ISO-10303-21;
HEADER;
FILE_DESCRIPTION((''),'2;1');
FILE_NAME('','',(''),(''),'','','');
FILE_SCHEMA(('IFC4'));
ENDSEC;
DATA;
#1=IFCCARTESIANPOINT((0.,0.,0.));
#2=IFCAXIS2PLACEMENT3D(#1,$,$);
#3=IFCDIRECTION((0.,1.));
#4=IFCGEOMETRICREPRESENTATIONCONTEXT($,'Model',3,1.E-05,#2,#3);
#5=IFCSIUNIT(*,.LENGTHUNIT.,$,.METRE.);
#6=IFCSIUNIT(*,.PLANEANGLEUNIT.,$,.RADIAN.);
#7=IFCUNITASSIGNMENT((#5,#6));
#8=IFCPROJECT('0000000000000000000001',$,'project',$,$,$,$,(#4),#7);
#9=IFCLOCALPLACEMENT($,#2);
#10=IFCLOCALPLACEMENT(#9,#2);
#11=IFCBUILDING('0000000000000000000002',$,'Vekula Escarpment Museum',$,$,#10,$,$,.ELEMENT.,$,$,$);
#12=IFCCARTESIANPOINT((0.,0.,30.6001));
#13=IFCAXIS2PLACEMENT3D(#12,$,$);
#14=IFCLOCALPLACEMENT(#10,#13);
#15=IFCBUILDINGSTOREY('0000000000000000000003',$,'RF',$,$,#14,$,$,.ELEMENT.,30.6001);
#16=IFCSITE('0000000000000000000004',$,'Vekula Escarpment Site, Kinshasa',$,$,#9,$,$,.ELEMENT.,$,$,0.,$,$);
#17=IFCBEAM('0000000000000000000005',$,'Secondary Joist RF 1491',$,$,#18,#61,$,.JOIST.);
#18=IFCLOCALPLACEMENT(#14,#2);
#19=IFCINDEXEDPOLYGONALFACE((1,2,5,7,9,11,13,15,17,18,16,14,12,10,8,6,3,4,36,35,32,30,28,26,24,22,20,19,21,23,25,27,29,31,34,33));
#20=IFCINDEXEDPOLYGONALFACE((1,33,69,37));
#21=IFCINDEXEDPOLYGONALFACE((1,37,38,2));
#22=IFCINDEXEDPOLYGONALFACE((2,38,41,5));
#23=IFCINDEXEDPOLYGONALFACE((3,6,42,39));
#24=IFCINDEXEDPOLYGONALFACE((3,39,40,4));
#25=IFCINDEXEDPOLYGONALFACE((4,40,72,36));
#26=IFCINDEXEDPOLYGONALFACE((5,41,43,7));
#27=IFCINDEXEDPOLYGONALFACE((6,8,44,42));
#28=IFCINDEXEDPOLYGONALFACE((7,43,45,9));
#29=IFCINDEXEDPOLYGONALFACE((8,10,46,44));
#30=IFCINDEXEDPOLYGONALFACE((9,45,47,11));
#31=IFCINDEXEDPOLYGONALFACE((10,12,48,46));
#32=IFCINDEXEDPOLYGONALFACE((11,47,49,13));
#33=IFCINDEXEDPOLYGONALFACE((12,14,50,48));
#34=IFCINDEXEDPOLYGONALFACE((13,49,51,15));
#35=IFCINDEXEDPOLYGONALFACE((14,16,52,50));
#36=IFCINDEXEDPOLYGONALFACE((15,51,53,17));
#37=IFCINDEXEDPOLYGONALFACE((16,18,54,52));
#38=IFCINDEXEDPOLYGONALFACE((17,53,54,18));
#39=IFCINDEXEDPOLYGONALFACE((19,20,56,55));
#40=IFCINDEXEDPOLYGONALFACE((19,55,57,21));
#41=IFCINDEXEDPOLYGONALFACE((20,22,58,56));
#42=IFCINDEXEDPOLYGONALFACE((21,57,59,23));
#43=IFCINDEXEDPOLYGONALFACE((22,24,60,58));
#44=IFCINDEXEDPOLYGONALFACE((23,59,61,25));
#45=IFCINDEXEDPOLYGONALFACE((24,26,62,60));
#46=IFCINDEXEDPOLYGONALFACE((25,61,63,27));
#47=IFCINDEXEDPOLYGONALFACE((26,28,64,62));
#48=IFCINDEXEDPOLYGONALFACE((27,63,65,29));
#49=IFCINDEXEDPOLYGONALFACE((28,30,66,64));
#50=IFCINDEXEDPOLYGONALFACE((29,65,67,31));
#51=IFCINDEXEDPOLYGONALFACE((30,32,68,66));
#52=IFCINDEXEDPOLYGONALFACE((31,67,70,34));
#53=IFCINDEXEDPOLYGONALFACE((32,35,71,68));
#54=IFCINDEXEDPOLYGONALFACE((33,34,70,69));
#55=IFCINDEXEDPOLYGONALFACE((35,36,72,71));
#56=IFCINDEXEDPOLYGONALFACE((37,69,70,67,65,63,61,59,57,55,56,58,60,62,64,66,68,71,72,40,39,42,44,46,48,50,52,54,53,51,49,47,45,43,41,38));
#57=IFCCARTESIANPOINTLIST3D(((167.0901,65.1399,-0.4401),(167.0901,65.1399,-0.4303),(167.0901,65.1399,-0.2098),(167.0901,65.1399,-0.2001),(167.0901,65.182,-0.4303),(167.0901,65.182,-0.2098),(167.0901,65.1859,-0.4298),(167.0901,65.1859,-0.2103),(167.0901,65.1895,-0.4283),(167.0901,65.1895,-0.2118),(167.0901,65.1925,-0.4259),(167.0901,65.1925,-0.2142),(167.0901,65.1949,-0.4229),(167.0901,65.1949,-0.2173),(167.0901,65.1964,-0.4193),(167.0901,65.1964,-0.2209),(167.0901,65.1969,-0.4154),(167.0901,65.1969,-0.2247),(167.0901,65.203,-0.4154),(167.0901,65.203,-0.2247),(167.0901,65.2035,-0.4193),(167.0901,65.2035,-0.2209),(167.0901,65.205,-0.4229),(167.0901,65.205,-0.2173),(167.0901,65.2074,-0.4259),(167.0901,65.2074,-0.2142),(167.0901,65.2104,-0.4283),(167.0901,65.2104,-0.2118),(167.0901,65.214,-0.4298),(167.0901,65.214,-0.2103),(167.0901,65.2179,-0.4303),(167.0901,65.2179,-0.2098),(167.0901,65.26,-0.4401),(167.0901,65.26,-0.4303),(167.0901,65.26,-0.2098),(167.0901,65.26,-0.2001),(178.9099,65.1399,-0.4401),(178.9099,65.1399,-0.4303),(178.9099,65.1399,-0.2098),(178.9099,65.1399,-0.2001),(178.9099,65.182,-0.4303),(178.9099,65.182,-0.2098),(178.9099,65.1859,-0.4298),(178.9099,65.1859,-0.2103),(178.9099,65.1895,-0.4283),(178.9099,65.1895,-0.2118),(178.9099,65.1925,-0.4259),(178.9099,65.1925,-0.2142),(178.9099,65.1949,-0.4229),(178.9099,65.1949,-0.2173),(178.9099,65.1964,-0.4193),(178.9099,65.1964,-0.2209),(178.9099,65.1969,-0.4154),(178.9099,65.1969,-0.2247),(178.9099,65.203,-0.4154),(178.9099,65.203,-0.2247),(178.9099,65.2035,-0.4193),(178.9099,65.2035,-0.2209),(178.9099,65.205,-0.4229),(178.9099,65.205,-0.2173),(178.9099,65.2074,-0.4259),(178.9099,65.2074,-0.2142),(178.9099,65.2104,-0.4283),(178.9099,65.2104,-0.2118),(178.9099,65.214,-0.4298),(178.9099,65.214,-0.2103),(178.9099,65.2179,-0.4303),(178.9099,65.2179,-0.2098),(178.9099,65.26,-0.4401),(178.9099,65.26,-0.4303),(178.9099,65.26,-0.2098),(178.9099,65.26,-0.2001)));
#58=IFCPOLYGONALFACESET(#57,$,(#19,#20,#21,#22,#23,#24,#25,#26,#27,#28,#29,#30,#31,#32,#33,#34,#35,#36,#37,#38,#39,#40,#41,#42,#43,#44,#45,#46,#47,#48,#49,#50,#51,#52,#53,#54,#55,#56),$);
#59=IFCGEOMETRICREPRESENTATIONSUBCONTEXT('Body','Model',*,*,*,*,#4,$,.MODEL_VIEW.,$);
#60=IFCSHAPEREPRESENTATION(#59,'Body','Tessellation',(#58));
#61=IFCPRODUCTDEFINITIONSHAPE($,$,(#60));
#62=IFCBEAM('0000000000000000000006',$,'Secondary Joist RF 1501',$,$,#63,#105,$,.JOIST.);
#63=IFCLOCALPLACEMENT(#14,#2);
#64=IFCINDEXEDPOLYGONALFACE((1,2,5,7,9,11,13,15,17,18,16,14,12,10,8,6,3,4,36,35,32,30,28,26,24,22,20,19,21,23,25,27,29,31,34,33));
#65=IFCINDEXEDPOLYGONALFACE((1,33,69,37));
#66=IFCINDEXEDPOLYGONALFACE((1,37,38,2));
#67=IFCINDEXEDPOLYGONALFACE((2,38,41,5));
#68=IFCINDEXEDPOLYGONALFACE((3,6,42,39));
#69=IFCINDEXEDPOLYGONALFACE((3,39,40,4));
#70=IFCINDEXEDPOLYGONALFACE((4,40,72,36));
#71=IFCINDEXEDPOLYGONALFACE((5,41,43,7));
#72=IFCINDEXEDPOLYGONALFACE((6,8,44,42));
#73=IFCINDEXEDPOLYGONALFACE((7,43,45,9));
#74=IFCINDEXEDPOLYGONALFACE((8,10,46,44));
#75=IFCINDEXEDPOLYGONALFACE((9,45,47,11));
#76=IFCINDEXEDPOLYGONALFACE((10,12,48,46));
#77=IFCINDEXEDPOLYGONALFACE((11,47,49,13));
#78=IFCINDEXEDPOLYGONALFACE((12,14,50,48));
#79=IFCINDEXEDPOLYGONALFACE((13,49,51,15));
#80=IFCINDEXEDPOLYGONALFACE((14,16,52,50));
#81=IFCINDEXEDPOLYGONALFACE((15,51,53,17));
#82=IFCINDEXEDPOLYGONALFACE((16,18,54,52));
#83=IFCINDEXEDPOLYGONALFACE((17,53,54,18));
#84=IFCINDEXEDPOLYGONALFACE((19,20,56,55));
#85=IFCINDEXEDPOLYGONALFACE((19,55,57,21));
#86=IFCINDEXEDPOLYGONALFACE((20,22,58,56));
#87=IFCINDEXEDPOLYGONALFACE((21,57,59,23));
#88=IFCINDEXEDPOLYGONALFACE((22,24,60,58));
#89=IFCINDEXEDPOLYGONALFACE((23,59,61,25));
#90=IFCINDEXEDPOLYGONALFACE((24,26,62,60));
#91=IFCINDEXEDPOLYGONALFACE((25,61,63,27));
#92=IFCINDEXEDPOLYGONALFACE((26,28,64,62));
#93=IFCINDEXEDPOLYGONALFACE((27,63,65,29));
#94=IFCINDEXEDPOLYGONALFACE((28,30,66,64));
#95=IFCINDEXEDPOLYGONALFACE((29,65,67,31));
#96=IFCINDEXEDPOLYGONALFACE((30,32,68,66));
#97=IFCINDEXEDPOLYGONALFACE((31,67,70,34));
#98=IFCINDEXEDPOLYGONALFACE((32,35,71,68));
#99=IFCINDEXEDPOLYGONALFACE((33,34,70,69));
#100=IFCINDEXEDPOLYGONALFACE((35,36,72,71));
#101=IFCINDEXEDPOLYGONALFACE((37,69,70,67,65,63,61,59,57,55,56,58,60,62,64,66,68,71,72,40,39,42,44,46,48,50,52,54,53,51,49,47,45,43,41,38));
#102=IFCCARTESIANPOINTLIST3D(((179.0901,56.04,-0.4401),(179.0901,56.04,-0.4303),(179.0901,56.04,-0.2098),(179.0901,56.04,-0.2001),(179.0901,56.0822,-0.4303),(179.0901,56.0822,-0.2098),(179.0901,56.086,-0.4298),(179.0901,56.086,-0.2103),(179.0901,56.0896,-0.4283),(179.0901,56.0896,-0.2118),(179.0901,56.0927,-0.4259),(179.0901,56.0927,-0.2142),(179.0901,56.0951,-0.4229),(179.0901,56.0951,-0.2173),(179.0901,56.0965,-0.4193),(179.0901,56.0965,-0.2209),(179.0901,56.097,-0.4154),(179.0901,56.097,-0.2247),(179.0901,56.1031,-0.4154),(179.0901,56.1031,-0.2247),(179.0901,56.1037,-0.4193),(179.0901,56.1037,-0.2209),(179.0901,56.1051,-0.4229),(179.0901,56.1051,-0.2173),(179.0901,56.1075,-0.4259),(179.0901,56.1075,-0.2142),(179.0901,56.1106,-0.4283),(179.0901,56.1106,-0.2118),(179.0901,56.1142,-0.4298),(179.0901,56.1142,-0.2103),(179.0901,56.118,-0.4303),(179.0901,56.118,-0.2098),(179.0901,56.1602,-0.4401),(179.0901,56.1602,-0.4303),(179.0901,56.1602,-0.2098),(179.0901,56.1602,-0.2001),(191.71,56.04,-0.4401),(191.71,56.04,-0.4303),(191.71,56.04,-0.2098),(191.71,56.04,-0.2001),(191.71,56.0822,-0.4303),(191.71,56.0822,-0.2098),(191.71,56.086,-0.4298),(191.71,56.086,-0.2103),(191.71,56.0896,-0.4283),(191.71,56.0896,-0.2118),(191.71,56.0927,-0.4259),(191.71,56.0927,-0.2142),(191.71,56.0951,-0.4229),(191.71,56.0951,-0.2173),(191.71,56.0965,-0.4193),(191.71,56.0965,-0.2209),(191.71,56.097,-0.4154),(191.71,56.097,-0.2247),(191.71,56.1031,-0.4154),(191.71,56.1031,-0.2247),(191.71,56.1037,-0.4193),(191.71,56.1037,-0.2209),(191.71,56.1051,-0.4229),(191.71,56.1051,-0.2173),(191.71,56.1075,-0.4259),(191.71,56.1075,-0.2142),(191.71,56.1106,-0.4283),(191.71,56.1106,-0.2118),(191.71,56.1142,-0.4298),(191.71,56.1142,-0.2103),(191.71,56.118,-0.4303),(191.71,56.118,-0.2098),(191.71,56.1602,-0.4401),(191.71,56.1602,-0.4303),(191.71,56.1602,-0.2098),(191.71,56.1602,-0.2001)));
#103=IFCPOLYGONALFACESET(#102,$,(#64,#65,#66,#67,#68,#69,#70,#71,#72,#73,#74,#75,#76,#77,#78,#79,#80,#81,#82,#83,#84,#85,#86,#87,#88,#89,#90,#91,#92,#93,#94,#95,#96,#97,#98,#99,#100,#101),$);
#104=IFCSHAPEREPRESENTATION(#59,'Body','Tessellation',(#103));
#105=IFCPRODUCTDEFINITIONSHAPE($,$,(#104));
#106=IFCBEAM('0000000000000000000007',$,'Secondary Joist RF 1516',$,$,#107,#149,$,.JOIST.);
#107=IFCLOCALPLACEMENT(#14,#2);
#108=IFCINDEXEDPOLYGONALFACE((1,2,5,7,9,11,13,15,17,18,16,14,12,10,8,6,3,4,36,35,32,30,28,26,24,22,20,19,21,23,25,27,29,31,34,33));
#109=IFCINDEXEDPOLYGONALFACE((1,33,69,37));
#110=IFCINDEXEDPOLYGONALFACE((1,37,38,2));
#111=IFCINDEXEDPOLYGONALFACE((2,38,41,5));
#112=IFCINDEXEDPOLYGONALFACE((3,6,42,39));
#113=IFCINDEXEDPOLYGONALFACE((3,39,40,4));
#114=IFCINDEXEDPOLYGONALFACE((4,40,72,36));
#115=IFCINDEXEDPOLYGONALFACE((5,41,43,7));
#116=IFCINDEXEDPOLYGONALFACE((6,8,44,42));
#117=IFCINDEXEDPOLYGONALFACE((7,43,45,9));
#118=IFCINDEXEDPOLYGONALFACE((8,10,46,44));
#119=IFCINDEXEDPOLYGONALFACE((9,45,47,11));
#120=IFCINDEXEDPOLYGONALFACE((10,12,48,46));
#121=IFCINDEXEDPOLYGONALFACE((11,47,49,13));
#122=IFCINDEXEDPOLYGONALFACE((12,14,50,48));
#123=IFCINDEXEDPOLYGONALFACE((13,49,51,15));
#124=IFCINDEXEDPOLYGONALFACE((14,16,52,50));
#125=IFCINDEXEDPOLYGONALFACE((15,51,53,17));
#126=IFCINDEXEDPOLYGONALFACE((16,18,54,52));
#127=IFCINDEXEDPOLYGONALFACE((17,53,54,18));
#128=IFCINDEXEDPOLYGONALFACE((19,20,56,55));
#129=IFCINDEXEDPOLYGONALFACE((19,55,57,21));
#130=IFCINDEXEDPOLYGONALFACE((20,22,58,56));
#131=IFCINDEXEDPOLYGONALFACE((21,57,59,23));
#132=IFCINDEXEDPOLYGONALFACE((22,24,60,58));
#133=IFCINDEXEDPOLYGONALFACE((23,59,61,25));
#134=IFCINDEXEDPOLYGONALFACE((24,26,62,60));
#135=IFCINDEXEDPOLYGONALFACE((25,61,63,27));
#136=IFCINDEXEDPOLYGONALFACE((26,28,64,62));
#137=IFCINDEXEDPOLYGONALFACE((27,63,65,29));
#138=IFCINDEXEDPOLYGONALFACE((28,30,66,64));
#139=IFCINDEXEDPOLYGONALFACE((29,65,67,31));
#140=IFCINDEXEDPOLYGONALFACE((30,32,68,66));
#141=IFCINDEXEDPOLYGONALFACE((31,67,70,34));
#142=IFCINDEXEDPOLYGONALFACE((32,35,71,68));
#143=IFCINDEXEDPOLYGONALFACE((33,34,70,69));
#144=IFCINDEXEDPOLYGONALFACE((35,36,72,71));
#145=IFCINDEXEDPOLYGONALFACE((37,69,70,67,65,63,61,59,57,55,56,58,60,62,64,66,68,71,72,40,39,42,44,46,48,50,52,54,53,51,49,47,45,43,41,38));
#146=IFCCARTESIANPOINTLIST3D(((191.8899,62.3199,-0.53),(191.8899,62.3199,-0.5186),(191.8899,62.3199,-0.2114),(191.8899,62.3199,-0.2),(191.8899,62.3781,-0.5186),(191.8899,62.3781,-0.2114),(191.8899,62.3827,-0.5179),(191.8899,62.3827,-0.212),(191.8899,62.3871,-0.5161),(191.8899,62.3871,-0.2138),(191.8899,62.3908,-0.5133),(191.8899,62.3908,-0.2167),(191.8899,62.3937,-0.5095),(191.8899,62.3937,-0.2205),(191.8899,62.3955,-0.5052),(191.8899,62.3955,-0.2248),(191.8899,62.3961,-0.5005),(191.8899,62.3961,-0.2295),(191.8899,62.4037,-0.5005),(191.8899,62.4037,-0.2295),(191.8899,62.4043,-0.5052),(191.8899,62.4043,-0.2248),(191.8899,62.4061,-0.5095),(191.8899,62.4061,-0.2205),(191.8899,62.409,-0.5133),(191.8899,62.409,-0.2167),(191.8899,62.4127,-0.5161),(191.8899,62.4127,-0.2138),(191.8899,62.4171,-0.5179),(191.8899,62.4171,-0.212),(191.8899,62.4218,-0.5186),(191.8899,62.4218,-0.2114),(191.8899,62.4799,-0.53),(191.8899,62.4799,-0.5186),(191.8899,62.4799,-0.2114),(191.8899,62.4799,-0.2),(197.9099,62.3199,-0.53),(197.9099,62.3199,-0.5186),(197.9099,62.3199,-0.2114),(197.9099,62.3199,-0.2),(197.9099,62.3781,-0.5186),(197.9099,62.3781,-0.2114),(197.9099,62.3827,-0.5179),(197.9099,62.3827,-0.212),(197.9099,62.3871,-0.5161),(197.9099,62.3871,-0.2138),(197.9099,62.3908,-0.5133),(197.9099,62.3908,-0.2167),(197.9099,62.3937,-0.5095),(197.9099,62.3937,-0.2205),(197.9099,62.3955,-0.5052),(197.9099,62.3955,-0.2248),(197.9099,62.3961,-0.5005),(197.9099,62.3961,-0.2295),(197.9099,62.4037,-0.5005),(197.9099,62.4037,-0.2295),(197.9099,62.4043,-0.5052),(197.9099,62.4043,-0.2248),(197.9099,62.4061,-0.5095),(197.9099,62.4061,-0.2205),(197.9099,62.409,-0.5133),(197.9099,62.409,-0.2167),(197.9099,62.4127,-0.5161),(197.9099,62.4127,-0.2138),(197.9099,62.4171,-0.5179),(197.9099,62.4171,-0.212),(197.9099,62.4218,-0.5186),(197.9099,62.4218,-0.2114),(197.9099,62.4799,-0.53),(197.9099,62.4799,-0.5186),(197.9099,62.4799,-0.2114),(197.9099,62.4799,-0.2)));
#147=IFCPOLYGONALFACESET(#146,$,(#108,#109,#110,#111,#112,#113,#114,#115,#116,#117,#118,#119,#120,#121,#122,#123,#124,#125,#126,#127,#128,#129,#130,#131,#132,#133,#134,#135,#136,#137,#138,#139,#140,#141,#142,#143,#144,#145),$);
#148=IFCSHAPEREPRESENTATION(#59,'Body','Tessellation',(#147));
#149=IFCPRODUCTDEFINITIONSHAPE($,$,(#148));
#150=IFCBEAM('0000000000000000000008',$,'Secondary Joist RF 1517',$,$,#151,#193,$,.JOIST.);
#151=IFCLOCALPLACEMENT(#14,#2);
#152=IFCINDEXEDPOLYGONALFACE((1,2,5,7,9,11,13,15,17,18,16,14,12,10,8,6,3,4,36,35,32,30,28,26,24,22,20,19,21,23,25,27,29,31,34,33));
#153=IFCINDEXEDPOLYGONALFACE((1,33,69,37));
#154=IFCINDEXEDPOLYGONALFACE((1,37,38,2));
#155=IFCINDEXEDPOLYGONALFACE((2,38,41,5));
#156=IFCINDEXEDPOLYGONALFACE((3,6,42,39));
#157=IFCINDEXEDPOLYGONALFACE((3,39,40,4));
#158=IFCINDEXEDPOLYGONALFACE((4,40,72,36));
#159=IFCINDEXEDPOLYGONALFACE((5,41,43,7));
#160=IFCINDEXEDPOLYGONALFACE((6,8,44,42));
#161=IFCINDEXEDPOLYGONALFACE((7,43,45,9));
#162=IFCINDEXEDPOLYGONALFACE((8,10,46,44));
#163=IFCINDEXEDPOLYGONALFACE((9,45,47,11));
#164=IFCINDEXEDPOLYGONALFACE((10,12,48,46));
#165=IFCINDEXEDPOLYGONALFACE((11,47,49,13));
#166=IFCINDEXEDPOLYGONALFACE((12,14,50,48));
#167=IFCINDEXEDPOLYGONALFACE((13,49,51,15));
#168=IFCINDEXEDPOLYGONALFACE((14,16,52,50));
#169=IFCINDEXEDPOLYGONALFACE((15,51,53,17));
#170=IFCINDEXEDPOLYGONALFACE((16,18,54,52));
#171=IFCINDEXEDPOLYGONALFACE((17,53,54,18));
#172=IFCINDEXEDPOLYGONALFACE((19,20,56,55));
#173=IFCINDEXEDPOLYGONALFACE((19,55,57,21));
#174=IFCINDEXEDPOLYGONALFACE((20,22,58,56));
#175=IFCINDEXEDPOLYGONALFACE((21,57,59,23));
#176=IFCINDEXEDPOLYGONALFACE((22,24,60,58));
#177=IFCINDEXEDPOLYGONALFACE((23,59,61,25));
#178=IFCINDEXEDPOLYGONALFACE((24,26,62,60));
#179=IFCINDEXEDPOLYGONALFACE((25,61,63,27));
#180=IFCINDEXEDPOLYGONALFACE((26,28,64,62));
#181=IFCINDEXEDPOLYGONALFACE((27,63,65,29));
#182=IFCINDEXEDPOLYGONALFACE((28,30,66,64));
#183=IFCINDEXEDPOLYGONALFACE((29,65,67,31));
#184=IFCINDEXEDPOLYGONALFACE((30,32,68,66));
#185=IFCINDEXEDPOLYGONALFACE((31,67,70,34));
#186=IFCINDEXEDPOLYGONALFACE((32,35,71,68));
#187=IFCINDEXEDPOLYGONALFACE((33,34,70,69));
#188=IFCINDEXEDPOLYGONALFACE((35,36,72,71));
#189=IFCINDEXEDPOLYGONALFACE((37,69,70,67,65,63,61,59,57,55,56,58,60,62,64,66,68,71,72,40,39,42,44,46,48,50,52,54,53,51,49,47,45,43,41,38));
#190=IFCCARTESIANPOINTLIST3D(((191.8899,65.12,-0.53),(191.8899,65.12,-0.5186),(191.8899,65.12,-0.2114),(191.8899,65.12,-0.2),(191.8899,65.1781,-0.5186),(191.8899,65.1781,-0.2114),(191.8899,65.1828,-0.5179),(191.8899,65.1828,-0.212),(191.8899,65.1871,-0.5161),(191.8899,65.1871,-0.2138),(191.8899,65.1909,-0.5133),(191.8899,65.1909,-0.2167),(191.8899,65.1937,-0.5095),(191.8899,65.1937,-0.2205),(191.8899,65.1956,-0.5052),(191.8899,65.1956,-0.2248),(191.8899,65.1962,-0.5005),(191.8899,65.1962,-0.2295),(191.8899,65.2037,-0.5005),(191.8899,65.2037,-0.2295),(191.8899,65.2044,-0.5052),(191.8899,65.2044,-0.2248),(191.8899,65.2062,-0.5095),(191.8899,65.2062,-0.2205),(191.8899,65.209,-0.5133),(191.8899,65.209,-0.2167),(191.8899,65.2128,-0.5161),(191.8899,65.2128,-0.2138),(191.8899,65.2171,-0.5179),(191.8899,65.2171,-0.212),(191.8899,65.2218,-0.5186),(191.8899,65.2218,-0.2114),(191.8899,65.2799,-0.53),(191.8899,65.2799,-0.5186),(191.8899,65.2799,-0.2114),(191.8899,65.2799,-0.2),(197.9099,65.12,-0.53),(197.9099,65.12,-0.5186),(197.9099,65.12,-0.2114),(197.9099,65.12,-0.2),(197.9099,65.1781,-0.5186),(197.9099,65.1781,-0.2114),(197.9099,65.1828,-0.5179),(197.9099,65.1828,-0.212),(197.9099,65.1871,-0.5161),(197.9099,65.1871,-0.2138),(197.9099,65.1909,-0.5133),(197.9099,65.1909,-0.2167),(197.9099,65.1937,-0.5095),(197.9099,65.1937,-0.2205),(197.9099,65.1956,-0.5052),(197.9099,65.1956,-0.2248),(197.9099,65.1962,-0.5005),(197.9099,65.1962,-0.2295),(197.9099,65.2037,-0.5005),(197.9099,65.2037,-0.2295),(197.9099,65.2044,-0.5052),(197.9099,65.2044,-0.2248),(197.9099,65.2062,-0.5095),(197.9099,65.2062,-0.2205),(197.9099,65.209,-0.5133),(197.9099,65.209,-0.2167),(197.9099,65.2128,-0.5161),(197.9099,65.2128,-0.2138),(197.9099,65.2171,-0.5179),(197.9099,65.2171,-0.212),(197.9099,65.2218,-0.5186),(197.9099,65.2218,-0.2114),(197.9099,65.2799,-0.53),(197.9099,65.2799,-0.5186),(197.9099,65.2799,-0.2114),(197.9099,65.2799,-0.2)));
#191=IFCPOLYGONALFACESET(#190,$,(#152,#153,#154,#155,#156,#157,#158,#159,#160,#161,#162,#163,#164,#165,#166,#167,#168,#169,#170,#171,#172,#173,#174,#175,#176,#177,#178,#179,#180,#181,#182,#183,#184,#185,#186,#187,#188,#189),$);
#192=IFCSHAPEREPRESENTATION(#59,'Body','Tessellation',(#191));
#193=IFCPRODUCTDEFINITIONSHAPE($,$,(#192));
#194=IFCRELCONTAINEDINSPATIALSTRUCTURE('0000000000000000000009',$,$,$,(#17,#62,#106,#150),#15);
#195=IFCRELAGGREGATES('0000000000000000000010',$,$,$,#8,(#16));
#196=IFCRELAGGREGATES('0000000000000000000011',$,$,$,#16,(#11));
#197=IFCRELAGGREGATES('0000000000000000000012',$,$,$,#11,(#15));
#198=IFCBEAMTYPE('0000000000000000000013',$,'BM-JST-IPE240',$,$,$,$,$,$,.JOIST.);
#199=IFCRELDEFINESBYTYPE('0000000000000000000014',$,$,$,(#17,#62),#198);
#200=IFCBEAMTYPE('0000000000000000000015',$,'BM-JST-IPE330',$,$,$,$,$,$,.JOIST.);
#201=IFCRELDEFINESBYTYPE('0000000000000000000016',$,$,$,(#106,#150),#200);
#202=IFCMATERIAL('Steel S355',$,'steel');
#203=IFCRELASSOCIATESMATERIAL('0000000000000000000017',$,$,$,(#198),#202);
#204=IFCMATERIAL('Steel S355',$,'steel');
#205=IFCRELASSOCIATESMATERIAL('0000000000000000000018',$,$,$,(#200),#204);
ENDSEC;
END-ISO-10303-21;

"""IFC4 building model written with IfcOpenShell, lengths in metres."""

from ifc_helpers import new_model, si_unit, direction, frame, origin, origin_2d, place, context, subcontext, project, spatial, i_section, extrude, material, material_profile, profile_set, type_object, element, save


model = new_model("IFC4")

# Units and contexts
model_context = context("Model", 3, precision=1e-05, world=origin(), true_north=direction((0.0, 1.0)))
body_context = subcontext(model_context, "Body", "Model", "MODEL_VIEW")
ifc_project = project(units=[si_unit("LENGTHUNIT", "METRE"), si_unit("PLANEANGLEUNIT", "RADIAN")], contexts=[model_context])

# Site, building, storey
site_placement = place(None, origin())
site = spatial("IfcSite", under=ifc_project, at=site_placement, Name="Vekula Escarpment Site, Kinshasa", CompositionType="ELEMENT", RefElevation=0.0)
building_placement = place(site_placement, origin())
building = spatial("IfcBuilding", under=site, at=building_placement, Name="Vekula Escarpment Museum", CompositionType="ELEMENT")
storey_placement = place(building_placement, frame((0.0, 0.0, 30.6001)))
storey = spatial("IfcBuildingStorey", under=building, at=storey_placement, Name="RF", CompositionType="ELEMENT", Elevation=30.6001)

# Beams
ifc_material_1 = material(Name="Steel S355", Category="steel")
ifc_material_profile_1 = material_profile(ifc_material_1, i_section(OverallWidth=0.1201, OverallDepth=0.24, WebThickness=0.0061, FlangeThickness=0.0098, FilletRadius=0.0149, at=origin_2d()), Name="IPE 240")
ifc_profile_set_1 = profile_set([ifc_material_profile_1], Name="Steel S355")
beam_type_1 = type_object("IfcBeamType", Name="BM-JST-IPE240", PredefinedType="JOIST", material=ifc_profile_set_1)
for number, where, z_axis, x_axis, name in (
    (1, (167.0901, 65.2, -0.3201), (1.0, 0.0, 0.0), (0.0, 1.0, 0.0), "Secondary Joist RF 1491"),
):
    element("IfcBeam", number, at=place(storey_placement, frame(where, z_axis=z_axis, x_axis=x_axis)), inside=storey, type_object=beam_type_1, Name=name, PredefinedType="JOIST", context=body_context, shape_type="SweptSolid", body=[
        extrude(i_section(OverallWidth=0.1201, OverallDepth=0.24, WebThickness=0.0061, FlangeThickness=0.0098, FilletRadius=0.0149, at=origin_2d()), origin(), (0.0, 0.0, 1.0), 11.8198),
    ])
beam_1_placement = place(storey_placement, frame((179.0901, 56.1001, -0.3201), z_axis=(1.0, 0.0, 0.0), x_axis=(0.0, 1.0, 0.0)))
element("IfcBeam", 2, at=beam_1_placement, inside=storey, type_object=beam_type_1, Name="Secondary Joist RF 1501", PredefinedType="JOIST", context=body_context, shape_type="SweptSolid", body=[
    extrude(i_section(OverallWidth=0.1201, OverallDepth=0.24, WebThickness=0.0061, FlangeThickness=0.0098, FilletRadius=0.0149, at=origin_2d()), origin(), (0.0, 0.0, 1.0), 12.6199),
])
ifc_material_2 = material(Name="Steel S355", Category="steel")
ifc_material_profile_2 = material_profile(ifc_material_2, i_section(OverallWidth=0.1599, OverallDepth=0.3301, WebThickness=0.0076, FlangeThickness=0.0115, FilletRadius=0.0181, at=origin_2d()), Name="IPE 330")
ifc_profile_set_2 = profile_set([ifc_material_profile_2], Name="Steel S355")
beam_type_2 = type_object("IfcBeamType", Name="BM-JST-IPE330", PredefinedType="JOIST", material=ifc_profile_set_2)
for number, where, z_axis, x_axis, name in (
    (3, (191.8899, 62.3999, -0.365), (1.0, 0.0, 0.0), (0.0, 1.0, 0.0), "Secondary Joist RF 1516"),
    (4, (191.8899, 65.2, -0.365), (1.0, 0.0, 0.0), (0.0, 1.0, 0.0), "Secondary Joist RF 1517"),
):
    element("IfcBeam", number, at=place(storey_placement, frame(where, z_axis=z_axis, x_axis=x_axis)), inside=storey, type_object=beam_type_2, Name=name, PredefinedType="JOIST", context=body_context, shape_type="SweptSolid", body=[
        extrude(i_section(OverallWidth=0.1599, OverallDepth=0.3301, WebThickness=0.0076, FlangeThickness=0.0115, FilletRadius=0.0181, at=origin_2d()), origin(), (0.0, 0.0, 1.0), 6.02),
    ])

save(model, "model.ifc")
